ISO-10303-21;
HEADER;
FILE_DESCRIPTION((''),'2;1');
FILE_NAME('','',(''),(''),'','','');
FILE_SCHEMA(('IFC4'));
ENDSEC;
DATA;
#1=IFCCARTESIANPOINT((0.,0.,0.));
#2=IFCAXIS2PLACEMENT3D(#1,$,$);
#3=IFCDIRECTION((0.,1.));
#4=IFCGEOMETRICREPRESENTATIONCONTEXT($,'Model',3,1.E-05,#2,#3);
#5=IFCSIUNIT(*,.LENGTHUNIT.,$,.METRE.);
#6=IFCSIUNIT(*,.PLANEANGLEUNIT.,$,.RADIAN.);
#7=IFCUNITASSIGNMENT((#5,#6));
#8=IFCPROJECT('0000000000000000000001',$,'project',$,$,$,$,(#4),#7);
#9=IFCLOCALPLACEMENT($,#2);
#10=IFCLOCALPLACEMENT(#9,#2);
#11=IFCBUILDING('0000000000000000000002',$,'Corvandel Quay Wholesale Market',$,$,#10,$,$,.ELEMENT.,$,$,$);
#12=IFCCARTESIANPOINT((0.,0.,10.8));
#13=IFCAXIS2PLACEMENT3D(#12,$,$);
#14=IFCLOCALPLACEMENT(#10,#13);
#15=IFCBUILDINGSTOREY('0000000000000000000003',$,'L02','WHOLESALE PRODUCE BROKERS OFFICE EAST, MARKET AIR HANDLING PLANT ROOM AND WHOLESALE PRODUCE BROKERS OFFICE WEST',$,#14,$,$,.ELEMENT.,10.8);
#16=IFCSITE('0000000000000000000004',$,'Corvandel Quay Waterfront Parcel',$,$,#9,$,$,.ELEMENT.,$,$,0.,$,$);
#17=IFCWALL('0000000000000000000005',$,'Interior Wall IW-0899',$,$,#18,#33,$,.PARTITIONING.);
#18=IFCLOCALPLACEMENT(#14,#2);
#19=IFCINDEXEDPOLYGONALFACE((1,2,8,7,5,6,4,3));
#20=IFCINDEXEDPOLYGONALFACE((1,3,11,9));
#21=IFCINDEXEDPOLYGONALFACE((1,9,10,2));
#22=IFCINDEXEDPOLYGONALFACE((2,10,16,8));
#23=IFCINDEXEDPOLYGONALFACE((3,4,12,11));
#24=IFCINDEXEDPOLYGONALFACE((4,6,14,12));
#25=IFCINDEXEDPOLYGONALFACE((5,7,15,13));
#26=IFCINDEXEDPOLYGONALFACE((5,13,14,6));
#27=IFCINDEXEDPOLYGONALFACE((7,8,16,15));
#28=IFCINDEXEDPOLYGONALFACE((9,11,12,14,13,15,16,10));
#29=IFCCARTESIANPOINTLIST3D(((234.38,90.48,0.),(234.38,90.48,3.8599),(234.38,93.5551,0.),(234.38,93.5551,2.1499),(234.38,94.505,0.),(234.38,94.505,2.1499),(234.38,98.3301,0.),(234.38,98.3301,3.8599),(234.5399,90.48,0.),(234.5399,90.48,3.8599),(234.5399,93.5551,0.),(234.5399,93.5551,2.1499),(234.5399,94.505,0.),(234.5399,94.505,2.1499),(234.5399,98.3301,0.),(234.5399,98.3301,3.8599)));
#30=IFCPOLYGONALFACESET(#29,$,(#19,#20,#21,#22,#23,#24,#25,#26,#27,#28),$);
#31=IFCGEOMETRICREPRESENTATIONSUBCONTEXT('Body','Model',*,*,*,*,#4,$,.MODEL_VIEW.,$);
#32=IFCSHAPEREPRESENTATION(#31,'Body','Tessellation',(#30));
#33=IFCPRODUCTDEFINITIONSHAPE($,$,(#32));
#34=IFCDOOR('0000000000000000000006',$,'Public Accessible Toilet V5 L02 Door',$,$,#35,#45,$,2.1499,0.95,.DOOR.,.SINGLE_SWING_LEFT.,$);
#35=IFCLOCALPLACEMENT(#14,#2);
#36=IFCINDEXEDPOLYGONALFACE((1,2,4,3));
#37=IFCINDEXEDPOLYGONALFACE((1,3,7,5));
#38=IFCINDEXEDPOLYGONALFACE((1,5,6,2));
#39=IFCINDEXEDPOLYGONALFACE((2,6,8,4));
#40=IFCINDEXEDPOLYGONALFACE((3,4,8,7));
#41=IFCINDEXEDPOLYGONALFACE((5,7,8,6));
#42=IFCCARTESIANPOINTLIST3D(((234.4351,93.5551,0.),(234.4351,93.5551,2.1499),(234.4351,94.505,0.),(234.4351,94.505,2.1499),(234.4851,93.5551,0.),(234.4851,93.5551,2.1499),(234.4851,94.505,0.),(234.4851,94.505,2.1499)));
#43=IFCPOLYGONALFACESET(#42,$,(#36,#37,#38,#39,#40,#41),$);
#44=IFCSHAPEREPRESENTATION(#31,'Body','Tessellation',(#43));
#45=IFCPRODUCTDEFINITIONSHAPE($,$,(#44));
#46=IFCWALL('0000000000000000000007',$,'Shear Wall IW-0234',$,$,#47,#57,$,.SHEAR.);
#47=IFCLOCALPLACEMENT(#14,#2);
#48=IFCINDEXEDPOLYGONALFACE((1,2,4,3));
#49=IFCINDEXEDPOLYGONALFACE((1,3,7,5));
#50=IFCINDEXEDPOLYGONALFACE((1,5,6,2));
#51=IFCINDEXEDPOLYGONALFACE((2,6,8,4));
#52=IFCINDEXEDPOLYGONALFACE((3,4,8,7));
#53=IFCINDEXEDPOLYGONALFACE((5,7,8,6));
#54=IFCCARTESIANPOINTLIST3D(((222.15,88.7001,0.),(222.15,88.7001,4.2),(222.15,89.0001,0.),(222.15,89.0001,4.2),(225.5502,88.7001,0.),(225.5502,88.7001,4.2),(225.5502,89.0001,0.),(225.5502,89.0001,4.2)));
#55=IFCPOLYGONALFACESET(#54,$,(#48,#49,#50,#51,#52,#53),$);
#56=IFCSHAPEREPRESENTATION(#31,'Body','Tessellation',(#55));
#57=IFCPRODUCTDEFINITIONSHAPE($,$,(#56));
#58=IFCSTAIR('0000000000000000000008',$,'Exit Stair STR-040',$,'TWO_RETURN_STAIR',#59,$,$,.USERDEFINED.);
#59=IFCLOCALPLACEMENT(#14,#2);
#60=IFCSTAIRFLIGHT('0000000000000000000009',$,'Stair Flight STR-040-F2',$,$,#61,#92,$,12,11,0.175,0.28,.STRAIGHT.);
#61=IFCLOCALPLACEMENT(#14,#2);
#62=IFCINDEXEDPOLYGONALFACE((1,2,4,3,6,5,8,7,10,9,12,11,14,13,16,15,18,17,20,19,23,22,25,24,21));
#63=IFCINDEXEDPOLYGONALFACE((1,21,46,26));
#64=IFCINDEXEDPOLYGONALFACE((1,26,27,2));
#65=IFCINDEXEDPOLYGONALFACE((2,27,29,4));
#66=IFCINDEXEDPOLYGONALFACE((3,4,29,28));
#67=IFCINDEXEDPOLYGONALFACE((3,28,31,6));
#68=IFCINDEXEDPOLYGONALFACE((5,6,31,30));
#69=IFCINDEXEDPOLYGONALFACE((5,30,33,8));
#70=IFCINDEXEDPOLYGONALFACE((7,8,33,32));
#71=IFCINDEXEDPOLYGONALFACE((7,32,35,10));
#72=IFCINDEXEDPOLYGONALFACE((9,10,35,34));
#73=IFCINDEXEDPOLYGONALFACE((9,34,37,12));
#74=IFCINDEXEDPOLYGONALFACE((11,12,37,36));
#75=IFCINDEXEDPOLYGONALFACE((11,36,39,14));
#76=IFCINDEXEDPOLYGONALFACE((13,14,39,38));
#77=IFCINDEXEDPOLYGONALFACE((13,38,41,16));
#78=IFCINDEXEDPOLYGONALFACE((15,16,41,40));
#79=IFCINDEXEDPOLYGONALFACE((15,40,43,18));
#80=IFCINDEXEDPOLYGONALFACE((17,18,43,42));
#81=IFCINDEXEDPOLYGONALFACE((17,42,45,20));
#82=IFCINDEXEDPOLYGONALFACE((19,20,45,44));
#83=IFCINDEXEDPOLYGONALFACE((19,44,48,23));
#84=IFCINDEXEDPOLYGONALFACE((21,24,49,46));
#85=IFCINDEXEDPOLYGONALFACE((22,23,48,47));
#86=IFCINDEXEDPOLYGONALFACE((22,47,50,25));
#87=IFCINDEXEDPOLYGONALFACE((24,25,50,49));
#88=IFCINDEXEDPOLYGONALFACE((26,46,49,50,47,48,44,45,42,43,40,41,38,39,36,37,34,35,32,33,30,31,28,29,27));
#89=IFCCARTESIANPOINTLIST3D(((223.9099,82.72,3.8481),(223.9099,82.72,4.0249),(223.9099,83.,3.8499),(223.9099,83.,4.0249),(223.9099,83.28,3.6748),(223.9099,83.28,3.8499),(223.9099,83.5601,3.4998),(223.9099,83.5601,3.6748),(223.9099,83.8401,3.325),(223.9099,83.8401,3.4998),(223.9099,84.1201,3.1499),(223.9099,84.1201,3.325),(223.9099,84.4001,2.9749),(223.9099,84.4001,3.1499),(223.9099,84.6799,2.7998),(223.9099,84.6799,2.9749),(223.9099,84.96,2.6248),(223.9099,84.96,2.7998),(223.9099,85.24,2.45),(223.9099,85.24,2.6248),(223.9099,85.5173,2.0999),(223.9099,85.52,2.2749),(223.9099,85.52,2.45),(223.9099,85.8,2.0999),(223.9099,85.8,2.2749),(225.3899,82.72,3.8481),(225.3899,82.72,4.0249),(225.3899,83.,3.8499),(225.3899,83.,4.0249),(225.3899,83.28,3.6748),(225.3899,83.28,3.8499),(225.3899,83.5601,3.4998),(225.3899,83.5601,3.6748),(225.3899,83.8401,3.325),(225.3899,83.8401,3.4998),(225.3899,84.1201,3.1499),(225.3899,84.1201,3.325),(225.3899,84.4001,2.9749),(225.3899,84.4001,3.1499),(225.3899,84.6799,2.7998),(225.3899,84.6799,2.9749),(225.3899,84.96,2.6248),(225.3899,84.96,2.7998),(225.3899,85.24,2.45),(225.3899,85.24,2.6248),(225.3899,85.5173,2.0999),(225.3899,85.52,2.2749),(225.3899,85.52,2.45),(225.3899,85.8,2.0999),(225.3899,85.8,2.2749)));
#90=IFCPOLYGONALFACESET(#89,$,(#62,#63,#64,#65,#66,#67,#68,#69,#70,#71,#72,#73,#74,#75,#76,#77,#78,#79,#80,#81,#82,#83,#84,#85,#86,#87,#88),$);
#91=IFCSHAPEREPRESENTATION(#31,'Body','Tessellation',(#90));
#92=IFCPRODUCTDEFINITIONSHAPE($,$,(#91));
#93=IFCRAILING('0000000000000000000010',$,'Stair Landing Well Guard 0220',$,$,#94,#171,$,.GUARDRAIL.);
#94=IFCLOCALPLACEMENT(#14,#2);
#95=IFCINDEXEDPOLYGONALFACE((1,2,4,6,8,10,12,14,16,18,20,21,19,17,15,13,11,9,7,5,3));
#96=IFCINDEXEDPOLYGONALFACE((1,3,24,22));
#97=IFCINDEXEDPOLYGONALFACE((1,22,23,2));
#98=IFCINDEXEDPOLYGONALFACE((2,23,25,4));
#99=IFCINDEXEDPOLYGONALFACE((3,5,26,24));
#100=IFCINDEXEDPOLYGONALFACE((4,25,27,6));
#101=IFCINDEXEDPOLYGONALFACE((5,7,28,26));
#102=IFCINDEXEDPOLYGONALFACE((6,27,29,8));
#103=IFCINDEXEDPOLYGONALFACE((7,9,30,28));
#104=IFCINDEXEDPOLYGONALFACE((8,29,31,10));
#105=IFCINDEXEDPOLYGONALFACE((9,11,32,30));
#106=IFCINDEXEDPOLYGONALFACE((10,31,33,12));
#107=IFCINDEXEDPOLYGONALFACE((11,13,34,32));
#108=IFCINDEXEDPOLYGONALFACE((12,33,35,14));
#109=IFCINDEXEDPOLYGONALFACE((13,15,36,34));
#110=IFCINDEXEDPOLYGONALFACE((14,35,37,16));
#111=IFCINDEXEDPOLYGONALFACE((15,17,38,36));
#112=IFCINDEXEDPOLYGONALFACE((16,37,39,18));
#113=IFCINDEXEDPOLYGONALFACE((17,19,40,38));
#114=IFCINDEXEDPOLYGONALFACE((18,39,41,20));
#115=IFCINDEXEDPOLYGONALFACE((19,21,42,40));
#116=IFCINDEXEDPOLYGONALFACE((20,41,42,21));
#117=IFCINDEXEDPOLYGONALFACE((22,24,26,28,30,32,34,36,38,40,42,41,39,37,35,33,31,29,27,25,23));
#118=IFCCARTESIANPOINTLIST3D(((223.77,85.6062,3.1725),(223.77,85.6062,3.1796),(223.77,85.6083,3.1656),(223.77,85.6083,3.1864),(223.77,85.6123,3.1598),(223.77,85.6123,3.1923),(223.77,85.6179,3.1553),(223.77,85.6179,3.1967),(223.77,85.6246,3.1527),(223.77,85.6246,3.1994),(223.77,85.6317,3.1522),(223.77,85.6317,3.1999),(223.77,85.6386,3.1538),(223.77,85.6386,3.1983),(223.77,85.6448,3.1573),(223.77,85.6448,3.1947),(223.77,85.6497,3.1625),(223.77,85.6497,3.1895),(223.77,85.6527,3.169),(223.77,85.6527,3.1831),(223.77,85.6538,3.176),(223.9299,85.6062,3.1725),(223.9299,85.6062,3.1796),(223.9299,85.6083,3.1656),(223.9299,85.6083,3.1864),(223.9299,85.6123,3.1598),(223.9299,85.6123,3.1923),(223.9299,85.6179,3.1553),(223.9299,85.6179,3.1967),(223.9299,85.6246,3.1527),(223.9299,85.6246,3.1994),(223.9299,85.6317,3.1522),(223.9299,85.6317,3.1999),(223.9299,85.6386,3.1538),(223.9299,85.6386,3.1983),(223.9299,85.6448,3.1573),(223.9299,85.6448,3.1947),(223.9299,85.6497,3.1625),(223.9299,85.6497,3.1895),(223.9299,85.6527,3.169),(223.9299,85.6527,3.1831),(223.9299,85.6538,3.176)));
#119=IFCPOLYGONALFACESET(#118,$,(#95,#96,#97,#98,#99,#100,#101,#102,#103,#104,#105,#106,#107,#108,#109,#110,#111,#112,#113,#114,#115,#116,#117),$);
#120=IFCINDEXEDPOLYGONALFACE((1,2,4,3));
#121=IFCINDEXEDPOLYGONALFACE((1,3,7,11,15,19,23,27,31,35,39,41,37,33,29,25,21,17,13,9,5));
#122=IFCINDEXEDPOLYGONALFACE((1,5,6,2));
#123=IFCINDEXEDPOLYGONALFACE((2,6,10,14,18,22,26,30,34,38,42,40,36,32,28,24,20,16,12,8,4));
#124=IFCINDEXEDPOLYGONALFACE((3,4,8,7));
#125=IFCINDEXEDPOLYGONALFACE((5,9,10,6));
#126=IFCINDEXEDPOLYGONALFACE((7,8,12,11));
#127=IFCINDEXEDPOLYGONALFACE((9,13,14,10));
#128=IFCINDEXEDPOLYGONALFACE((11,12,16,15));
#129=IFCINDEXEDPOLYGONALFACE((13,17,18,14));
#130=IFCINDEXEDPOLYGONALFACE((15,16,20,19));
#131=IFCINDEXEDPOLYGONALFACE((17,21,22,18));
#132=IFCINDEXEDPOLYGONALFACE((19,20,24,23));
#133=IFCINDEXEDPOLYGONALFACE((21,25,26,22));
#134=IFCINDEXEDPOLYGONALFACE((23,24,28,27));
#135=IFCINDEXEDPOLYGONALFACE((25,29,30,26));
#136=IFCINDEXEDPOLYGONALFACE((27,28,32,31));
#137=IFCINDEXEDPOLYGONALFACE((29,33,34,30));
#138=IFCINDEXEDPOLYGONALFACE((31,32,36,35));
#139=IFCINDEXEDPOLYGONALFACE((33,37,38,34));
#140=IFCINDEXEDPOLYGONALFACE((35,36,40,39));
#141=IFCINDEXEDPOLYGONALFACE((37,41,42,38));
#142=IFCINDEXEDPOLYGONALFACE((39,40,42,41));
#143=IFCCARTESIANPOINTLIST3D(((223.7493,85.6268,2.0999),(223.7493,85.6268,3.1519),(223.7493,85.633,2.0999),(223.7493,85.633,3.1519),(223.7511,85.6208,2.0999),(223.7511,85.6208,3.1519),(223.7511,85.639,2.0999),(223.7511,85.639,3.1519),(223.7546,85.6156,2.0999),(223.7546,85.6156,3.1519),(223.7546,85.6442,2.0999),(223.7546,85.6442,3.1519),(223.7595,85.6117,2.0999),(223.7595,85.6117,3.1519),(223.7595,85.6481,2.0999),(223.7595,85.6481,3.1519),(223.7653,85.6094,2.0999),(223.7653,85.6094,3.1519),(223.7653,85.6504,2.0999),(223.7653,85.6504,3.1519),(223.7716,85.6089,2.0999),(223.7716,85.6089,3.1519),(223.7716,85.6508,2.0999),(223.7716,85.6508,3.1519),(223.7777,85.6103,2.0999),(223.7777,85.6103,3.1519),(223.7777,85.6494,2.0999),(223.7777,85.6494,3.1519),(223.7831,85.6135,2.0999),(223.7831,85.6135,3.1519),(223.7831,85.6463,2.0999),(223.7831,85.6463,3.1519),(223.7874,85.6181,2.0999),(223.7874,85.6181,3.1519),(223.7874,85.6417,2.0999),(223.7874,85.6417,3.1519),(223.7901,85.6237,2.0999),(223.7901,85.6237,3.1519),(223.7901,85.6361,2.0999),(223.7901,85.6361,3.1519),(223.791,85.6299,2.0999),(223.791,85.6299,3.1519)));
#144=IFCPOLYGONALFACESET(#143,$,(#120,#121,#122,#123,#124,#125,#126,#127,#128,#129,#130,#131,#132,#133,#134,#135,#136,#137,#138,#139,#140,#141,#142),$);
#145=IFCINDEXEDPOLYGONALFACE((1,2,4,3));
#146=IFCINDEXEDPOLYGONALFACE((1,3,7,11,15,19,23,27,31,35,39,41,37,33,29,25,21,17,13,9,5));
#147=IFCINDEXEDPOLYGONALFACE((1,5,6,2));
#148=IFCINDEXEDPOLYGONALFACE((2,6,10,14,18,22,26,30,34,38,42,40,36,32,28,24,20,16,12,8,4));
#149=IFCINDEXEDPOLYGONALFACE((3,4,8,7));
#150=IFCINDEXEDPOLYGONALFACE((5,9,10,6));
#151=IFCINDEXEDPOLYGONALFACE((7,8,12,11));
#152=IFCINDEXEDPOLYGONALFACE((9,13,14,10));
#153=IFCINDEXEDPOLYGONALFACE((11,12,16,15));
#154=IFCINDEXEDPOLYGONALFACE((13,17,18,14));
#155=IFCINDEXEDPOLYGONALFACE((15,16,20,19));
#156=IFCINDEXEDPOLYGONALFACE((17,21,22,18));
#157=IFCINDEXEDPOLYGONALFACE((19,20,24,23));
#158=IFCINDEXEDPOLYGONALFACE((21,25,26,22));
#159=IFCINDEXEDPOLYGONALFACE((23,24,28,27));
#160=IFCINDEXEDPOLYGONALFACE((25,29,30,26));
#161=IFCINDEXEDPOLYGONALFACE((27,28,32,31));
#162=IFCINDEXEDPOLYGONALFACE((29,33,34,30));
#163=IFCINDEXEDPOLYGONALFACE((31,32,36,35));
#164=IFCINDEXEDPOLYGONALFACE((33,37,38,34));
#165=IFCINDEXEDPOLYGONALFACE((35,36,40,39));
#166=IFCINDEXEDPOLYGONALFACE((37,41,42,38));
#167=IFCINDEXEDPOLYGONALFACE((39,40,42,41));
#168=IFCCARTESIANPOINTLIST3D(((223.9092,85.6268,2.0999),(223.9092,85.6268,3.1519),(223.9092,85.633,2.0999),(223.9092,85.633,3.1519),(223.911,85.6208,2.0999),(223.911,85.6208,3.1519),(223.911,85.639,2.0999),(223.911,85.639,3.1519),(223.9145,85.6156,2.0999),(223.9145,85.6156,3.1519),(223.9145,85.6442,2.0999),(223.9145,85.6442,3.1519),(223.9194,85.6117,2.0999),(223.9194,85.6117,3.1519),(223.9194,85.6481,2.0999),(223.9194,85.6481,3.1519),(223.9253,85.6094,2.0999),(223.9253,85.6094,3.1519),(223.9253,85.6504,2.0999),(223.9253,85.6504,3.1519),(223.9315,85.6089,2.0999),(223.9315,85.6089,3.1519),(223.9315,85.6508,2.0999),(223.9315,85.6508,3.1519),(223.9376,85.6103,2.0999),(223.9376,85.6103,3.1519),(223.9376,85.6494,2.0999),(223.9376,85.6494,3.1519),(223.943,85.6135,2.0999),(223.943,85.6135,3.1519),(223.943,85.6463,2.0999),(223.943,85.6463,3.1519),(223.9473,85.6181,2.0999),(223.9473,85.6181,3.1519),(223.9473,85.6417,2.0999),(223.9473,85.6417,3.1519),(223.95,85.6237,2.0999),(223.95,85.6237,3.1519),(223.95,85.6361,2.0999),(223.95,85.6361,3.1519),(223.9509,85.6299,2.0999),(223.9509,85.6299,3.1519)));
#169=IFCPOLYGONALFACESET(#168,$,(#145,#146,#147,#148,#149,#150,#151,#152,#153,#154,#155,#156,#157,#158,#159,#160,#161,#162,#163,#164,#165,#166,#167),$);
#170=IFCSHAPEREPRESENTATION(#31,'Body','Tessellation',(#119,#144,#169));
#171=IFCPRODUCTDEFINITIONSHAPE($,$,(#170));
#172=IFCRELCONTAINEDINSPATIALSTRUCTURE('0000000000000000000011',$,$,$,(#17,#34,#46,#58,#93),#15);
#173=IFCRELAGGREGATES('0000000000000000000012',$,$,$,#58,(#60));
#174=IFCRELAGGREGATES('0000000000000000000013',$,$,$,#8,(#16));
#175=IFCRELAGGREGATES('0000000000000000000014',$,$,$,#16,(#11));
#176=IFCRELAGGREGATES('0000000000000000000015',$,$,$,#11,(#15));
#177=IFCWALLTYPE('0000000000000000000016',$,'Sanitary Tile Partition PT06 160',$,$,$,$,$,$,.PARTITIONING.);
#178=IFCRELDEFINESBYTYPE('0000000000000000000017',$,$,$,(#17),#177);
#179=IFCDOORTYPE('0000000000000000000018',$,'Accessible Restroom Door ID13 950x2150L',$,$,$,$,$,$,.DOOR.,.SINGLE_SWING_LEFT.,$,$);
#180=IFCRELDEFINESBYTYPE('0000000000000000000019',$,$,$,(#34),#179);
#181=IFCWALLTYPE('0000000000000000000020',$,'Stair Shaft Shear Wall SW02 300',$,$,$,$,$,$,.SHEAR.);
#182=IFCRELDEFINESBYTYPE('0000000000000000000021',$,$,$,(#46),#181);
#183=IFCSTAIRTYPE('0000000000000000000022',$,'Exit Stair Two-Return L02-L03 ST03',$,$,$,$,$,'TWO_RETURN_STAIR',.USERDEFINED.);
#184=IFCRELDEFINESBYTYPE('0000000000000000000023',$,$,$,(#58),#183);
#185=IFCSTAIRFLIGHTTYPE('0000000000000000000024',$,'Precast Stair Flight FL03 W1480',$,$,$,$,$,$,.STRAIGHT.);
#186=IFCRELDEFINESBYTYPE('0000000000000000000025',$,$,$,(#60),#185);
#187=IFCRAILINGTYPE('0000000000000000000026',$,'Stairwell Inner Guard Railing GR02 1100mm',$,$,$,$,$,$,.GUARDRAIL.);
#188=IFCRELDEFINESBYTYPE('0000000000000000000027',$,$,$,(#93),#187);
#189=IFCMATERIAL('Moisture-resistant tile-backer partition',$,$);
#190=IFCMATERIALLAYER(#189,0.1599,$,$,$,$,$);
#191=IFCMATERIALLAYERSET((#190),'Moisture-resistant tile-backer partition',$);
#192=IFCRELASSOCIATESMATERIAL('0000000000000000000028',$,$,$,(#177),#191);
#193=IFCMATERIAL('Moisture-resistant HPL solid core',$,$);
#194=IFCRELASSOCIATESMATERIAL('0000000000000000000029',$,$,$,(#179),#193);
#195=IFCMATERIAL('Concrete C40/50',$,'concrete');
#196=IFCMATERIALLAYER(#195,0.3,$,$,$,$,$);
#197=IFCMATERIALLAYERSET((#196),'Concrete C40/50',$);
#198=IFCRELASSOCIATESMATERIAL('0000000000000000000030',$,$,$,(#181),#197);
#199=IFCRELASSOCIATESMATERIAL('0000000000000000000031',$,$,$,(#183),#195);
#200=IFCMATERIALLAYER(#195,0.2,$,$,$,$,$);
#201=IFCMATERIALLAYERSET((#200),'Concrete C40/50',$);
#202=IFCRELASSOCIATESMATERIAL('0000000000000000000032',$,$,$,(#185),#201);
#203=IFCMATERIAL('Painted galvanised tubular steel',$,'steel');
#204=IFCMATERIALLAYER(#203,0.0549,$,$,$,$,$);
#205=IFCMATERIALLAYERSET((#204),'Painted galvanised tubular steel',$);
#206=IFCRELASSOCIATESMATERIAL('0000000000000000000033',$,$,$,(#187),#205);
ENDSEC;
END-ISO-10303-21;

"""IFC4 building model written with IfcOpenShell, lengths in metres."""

from ifc_helpers import new_model, si_unit, direction, frame, frame_2d, origin, origin_2d, place, context, subcontext, project, spatial, polyline, rectangle, circle, outline, extrude, material, layer, layer_set, type_object, element, fill, aggregate, save


model = new_model("IFC4")

# Units and contexts
model_context = context("Model", 3, precision=1e-05, world=origin(), true_north=direction((0.0, 1.0)))
body_context = subcontext(model_context, "Body", "Model", "MODEL_VIEW")
ifc_project = project(units=[si_unit("LENGTHUNIT", "METRE"), si_unit("PLANEANGLEUNIT", "RADIAN")], contexts=[model_context])

# Site, building, storey
site_placement = place(None, origin())
site = spatial("IfcSite", under=ifc_project, at=site_placement, Name="Corvandel Quay Waterfront Parcel", CompositionType="ELEMENT", RefElevation=0.0)
building_placement = place(site_placement, origin())
building = spatial("IfcBuilding", under=site, at=building_placement, Name="Corvandel Quay Wholesale Market", CompositionType="ELEMENT")
storey_placement = place(building_placement, frame((0.0, 0.0, 10.8)))
storey = spatial("IfcBuildingStorey", under=building, at=storey_placement, Name="L02", Description="WHOLESALE PRODUCE BROKERS OFFICE EAST, MARKET AIR HANDLING PLANT ROOM AND WHOLESALE PRODUCE BROKERS OFFICE WEST", CompositionType="ELEMENT", Elevation=10.8)

# Wall, opening, door
ifc_material_1 = material(Name="Moisture-resistant tile-backer partition")
ifc_layer_1 = layer(ifc_material_1, 0.1599)
ifc_layer_set_1 = layer_set([ifc_layer_1], Name="Moisture-resistant tile-backer partition")
wall_type_1 = type_object("IfcWallType", Name="Sanitary Tile Partition PT06 160", PredefinedType="PARTITIONING", material=ifc_layer_set_1)
wall_1_placement = place(storey_placement, frame((234.46, 90.48, 0.0), z_axis=(0.0, 0.0, 1.0), x_axis=(0.0, 1.0, 0.0)))
wall_1 = element("IfcWall", 1, at=wall_1_placement, inside=storey, type_object=wall_type_1, Name="Interior Wall IW-0899", PredefinedType="PARTITIONING", context=body_context, shape_type="SweptSolid", body=[
    extrude(rectangle(XDim=7.8501, YDim=0.1599, at=frame_2d((3.925, 0.0))), origin(), (0.0, 0.0, 1.0), 3.8599),
])
opening_1_placement = place(wall_1_placement, frame((3.075, 0.0, 0.0)))
opening_1 = element("IfcOpeningElement", 2, at=opening_1_placement, cuts=wall_1, PredefinedType="OPENING", context=body_context, shape_type="SweptSolid", body=[
    extrude(rectangle(XDim=0.95, YDim=2.1499, at=frame_2d((0.4751, 1.075))), frame((0.0, 0.0898, 0.0), z_axis=(0.0, -1.0, 0.0), x_axis=(1.0, 0.0, 0.0)), (0.0, 0.0, 1.0), 0.1799),
])
ifc_material_2 = material(Name="Moisture-resistant HPL solid core")
door_type = type_object("IfcDoorType", Name="Accessible Restroom Door ID13 950x2150L", OperationType="SINGLE_SWING_LEFT", PredefinedType="DOOR", material=ifc_material_2)
door_placement = place(opening_1_placement, origin())
door = element("IfcDoor", 3, at=door_placement, inside=storey, type_object=door_type, Name="Public Accessible Toilet V5 L02 Door", OperationType="SINGLE_SWING_LEFT", OverallHeight=2.1499, OverallWidth=0.95, PredefinedType="DOOR", context=body_context, shape_type="SweptSolid", body=[
    extrude(rectangle(XDim=0.95, YDim=2.1499, at=frame_2d((0.4751, 1.075))), frame((0.0, 0.0249, 0.0), z_axis=(0.0, -1.0, 0.0), x_axis=(1.0, 0.0, 0.0)), (0.0, 0.0, 1.0), 0.05),
])
fill(opening_1, door)

# Wall
ifc_material_3 = material(Name="Concrete C40/50", Category="concrete")
ifc_layer_2 = layer(ifc_material_3, 0.3)
ifc_layer_set_2 = layer_set([ifc_layer_2], Name="Concrete C40/50")
wall_type_2 = type_object("IfcWallType", Name="Stair Shaft Shear Wall SW02 300", PredefinedType="SHEAR", material=ifc_layer_set_2)
wall_2_placement = place(storey_placement, frame((222.1499, 88.8501, 0.0), z_axis=(0.0, 0.0, 1.0), x_axis=(1.0, 0.0, 0.0)))
element("IfcWall", 4, at=wall_2_placement, inside=storey, type_object=wall_type_2, Name="Shear Wall IW-0234", PredefinedType="SHEAR", context=body_context, shape_type="SweptSolid", body=[
    extrude(rectangle(XDim=3.4001, YDim=0.3, at=frame_2d((1.7002, 0.0))), origin(), (0.0, 0.0, 1.0), 4.2),
])

# Stair, stair flight
stair_type = type_object("IfcStairType", Name="Exit Stair Two-Return L02-L03 ST03", ElementType="TWO_RETURN_STAIR", PredefinedType="USERDEFINED", material=ifc_material_3)
stair_placement = place(storey_placement, origin())
stair = element("IfcStair", 5, at=stair_placement, inside=storey, type_object=stair_type, Name="Exit Stair STR-040", ObjectType="TWO_RETURN_STAIR", PredefinedType="USERDEFINED")
ifc_layer_3 = layer(ifc_material_3, 0.2)
ifc_layer_set_3 = layer_set([ifc_layer_3], Name="Concrete C40/50")
stair_flight_type = type_object("IfcStairFlightType", Name="Precast Stair Flight FL03 W1480", PredefinedType="STRAIGHT", material=ifc_layer_set_3)
stair_flight_placement = place(storey_placement, frame((224.6499, 85.8, 2.0999), z_axis=(0.0, 0.0, 1.0), x_axis=(0.0, -1.0, 0.0)))
stair_flight = element("IfcStairFlight", 6, at=stair_flight_placement, type_object=stair_flight_type, Name="Stair Flight STR-040-F2", NumberOfRisers=12, NumberOfTreads=11, PredefinedType="STRAIGHT", RiserHeight=0.175, TreadLength=0.28, context=body_context, shape_type="SweptSolid", body=[
    extrude(outline(polyline([(0.0, 0.0), (0.0, 0.175), (0.28, 0.175), (0.28, 0.3501), (0.5601, 0.3501), (0.5601, 0.5249), (0.8401, 0.5249), (0.8401, 0.7), (1.1201, 0.7), (1.1201, 0.875), (1.3999, 0.875), (1.3999, 1.05), (1.6799, 1.05), (1.6799, 1.2251), (1.96, 1.2251), (1.96, 1.3999), (2.24, 1.3999), (2.24, 1.575), (2.52, 1.575), (2.52, 1.75), (2.8, 1.75), (2.8, 1.925), (3.0801, 1.925), (3.0801, 2.1001), (3.0801, 1.7483), (0.2827, 0.0), (0.0, 0.0)])), frame((0.0, 0.74, 0.0), z_axis=(0.0, -1.0, 0.0), x_axis=(1.0, 0.0, 0.0)), (0.0, 0.0, 1.0), 1.48),
])
aggregate(stair, [stair_flight])

# Railing
ifc_material_4 = material(Name="Painted galvanised tubular steel", Category="steel")
ifc_layer_4 = layer(ifc_material_4, 0.0549)
ifc_layer_set_4 = layer_set([ifc_layer_4], Name="Painted galvanised tubular steel")
railing_type_1 = type_object("IfcRailingType", Name="Stairwell Inner Guard Railing GR02 1100mm", PredefinedType="GUARDRAIL", material=ifc_layer_set_4)
railing_placement = place(storey_placement, frame((223.77, 85.6299, 2.0999)))
element("IfcRailing", 7, at=railing_placement, inside=storey, type_object=railing_type_1, Name="Stair Landing Well Guard 0220", PredefinedType="GUARDRAIL", context=body_context, shape_type="SweptSolid", body=[
    extrude(circle(Radius=0.0239, at=origin_2d()), frame((0.0, 0.0, 1.0762), z_axis=(1.0, 0.0, 0.0), x_axis=(0.0, 1.0, 0.0)), (0.0, 0.0, 1.0), 0.1599),
    extrude(circle(Radius=0.021, at=origin_2d()), origin(), (0.0, 0.0, 1.0), 1.052),
    extrude(circle(Radius=0.021, at=origin_2d()), frame((0.1599, 0.0, 0.0)), (0.0, 0.0, 1.0), 1.052),
])

save(model, "model.ifc")
